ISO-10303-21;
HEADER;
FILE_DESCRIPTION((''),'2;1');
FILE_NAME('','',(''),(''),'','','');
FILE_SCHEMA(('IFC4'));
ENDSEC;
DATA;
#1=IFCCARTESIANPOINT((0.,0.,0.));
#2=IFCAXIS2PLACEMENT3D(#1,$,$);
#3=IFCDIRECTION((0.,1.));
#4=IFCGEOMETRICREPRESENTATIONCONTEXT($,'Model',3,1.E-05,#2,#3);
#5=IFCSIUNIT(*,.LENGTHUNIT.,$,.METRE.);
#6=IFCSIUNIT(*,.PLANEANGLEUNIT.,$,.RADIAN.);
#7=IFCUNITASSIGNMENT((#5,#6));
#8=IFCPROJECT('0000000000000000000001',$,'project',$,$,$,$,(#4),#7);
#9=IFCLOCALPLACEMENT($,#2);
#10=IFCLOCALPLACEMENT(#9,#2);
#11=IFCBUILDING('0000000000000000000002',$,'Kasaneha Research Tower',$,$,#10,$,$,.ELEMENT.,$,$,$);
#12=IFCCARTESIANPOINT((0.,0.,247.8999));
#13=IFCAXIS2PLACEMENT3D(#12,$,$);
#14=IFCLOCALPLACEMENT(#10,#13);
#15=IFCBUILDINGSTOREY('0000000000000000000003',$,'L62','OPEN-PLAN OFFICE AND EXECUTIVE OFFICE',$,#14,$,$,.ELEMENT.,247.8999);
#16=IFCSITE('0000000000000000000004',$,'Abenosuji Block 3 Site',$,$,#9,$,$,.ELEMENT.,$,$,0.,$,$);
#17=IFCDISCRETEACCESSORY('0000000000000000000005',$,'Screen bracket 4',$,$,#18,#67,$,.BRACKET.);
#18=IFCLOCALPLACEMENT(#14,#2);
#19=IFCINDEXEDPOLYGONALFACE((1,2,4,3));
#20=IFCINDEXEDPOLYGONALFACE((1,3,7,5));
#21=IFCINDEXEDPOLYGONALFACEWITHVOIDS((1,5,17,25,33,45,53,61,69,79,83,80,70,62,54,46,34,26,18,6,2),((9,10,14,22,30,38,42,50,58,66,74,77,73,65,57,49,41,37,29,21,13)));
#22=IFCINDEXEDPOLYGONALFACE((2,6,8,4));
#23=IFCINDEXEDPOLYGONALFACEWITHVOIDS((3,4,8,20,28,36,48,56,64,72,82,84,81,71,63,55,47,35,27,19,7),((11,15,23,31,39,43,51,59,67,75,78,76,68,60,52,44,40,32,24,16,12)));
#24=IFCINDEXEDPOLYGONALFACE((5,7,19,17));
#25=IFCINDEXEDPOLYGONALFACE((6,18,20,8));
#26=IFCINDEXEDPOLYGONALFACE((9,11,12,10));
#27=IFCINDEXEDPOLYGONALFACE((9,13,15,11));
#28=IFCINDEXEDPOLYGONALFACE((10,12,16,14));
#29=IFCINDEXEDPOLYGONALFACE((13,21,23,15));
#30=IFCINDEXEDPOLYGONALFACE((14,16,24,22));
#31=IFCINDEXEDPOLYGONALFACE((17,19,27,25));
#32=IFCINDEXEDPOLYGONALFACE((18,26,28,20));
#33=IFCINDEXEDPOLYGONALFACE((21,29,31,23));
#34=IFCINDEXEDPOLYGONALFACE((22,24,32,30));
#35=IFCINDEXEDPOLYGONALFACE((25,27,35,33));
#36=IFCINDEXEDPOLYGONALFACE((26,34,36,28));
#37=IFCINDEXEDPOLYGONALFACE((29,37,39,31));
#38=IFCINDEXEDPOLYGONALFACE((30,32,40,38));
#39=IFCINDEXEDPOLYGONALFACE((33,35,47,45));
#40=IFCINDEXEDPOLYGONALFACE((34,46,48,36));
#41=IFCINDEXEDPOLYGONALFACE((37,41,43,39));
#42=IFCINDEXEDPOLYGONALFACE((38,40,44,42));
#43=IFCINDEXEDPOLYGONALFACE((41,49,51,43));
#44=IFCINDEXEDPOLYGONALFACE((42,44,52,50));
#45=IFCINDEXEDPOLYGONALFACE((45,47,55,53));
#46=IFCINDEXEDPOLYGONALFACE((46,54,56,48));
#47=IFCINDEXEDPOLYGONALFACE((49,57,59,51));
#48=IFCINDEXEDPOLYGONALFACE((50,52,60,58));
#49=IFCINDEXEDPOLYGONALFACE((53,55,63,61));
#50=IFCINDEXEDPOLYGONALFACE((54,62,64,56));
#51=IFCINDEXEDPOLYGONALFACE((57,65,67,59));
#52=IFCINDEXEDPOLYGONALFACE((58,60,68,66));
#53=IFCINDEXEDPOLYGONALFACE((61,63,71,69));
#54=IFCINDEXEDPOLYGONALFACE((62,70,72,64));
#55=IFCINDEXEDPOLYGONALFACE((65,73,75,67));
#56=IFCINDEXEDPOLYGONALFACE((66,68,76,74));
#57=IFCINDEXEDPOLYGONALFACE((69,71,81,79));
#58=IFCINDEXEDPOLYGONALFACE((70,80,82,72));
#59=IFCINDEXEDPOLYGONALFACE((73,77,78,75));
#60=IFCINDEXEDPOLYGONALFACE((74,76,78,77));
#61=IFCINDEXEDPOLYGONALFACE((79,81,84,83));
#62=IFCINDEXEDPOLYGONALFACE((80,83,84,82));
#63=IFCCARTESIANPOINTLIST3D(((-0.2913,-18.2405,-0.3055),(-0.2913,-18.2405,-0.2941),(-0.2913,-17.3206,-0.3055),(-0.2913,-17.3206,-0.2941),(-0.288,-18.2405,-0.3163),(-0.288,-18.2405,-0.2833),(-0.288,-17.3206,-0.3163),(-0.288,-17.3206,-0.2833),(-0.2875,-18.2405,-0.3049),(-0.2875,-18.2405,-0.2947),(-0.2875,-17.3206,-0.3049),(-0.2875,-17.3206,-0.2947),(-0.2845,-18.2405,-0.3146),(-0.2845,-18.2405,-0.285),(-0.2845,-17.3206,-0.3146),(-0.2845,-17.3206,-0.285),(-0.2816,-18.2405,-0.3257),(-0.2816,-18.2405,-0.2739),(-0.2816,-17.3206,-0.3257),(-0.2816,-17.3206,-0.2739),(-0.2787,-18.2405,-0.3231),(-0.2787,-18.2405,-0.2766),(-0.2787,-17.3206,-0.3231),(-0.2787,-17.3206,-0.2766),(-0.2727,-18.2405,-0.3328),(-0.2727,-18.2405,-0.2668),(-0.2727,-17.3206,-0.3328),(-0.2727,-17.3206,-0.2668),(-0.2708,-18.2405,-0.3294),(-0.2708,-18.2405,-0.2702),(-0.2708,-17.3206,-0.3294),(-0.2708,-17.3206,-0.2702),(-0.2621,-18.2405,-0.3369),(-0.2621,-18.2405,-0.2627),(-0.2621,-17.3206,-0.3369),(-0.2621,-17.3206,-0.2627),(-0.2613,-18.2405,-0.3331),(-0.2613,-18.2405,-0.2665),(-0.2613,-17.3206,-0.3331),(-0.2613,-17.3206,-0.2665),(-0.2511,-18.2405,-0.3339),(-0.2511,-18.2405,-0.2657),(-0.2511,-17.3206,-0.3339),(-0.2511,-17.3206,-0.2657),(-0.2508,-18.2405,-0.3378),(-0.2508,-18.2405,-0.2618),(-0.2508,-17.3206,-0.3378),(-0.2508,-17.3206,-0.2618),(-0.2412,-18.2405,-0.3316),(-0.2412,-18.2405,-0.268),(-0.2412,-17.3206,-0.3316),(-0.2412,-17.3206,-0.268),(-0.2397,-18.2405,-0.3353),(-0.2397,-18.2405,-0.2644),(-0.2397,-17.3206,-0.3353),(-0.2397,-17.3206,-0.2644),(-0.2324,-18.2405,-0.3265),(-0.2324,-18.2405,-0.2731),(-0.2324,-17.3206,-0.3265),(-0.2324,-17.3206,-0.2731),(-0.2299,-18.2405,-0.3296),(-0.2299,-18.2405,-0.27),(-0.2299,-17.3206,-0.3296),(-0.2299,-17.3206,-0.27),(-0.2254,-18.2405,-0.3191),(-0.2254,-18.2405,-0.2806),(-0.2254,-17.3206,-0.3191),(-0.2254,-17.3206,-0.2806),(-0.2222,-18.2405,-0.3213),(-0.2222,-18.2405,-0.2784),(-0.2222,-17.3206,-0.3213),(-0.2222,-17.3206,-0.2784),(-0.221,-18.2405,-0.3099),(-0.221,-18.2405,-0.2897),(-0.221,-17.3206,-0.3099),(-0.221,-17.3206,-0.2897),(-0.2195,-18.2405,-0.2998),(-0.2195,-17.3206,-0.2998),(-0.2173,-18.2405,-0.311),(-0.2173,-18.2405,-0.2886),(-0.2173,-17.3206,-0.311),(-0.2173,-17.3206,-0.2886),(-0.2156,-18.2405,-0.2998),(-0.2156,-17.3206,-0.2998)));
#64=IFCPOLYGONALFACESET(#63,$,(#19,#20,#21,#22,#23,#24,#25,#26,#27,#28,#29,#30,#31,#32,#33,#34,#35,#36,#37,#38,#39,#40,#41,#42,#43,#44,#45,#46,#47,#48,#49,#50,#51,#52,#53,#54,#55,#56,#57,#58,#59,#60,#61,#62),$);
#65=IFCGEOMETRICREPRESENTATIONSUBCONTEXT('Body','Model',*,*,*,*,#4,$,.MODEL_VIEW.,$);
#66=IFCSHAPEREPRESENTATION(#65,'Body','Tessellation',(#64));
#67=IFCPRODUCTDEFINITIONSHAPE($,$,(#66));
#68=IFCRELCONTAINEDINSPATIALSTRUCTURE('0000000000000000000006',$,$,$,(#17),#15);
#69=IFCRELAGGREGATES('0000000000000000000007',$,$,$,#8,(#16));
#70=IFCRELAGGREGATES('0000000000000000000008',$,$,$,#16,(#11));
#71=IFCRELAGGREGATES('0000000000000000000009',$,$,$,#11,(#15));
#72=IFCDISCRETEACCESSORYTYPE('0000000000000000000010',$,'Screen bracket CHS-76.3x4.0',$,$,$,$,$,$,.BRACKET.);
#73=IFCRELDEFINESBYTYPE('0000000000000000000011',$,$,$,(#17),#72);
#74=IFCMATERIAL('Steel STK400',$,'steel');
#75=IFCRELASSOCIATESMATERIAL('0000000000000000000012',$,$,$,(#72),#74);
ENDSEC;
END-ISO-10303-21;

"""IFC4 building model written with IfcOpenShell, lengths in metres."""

from ifc_helpers import new_model, si_unit, direction, frame, origin, origin_2d, place, context, subcontext, project, spatial, hollow_circle, extrude, material, material_profile, profile_set, type_object, element, save


model = new_model("IFC4")

# Units and contexts
model_context = context("Model", 3, precision=1e-05, world=origin(), true_north=direction((0.0, 1.0)))
body_context = subcontext(model_context, "Body", "Model", "MODEL_VIEW")
ifc_project = project(units=[si_unit("LENGTHUNIT", "METRE"), si_unit("PLANEANGLEUNIT", "RADIAN")], contexts=[model_context])

# Site, building, storey
site_placement = place(None, origin())
site = spatial("IfcSite", under=ifc_project, at=site_placement, Name="Abenosuji Block 3 Site", CompositionType="ELEMENT", RefElevation=0.0)
building_placement = place(site_placement, origin())
building = spatial("IfcBuilding", under=site, at=building_placement, Name="Kasaneha Research Tower", CompositionType="ELEMENT")
storey_placement = place(building_placement, frame((0.0, 0.0, 247.8999)))
storey = spatial("IfcBuildingStorey", under=building, at=storey_placement, Name="L62", Description="OPEN-PLAN OFFICE AND EXECUTIVE OFFICE", CompositionType="ELEMENT", Elevation=247.8999)

# Discrete accessory
ifc_material_1 = material(Name="Steel STK400", Category="steel")
ifc_material_profile_1 = material_profile(ifc_material_1, hollow_circle(Radius=0.0381, WallThickness=0.0039, at=origin_2d()), Name="CHS-76.3x4.0")
ifc_profile_set_1 = profile_set([ifc_material_profile_1], Name="Steel STK400")
discrete_accessory_type = type_object("IfcDiscreteAccessoryType", Name="Screen bracket CHS-76.3x4.0", PredefinedType="BRACKET", material=ifc_profile_set_1)
for number, where, z_axis, x_axis, name in (
    (1, (-0.2537, -17.3206, -0.2998), (0.0, -1.0, 0.0), (1.0, 0.0, 0.0), "Screen bracket 4"),
):
    element("IfcDiscreteAccessory", number, at=place(storey_placement, frame(where, z_axis=z_axis, x_axis=x_axis)), inside=storey, type_object=discrete_accessory_type, Name=name, PredefinedType="BRACKET", context=body_context, shape_type="SweptSolid", body=[
        extrude(hollow_circle(Radius=0.0381, WallThickness=0.0039, at=origin_2d()), origin(), (0.0, 0.0, 1.0), 0.9199),
    ])

save(model, "model.ifc")
